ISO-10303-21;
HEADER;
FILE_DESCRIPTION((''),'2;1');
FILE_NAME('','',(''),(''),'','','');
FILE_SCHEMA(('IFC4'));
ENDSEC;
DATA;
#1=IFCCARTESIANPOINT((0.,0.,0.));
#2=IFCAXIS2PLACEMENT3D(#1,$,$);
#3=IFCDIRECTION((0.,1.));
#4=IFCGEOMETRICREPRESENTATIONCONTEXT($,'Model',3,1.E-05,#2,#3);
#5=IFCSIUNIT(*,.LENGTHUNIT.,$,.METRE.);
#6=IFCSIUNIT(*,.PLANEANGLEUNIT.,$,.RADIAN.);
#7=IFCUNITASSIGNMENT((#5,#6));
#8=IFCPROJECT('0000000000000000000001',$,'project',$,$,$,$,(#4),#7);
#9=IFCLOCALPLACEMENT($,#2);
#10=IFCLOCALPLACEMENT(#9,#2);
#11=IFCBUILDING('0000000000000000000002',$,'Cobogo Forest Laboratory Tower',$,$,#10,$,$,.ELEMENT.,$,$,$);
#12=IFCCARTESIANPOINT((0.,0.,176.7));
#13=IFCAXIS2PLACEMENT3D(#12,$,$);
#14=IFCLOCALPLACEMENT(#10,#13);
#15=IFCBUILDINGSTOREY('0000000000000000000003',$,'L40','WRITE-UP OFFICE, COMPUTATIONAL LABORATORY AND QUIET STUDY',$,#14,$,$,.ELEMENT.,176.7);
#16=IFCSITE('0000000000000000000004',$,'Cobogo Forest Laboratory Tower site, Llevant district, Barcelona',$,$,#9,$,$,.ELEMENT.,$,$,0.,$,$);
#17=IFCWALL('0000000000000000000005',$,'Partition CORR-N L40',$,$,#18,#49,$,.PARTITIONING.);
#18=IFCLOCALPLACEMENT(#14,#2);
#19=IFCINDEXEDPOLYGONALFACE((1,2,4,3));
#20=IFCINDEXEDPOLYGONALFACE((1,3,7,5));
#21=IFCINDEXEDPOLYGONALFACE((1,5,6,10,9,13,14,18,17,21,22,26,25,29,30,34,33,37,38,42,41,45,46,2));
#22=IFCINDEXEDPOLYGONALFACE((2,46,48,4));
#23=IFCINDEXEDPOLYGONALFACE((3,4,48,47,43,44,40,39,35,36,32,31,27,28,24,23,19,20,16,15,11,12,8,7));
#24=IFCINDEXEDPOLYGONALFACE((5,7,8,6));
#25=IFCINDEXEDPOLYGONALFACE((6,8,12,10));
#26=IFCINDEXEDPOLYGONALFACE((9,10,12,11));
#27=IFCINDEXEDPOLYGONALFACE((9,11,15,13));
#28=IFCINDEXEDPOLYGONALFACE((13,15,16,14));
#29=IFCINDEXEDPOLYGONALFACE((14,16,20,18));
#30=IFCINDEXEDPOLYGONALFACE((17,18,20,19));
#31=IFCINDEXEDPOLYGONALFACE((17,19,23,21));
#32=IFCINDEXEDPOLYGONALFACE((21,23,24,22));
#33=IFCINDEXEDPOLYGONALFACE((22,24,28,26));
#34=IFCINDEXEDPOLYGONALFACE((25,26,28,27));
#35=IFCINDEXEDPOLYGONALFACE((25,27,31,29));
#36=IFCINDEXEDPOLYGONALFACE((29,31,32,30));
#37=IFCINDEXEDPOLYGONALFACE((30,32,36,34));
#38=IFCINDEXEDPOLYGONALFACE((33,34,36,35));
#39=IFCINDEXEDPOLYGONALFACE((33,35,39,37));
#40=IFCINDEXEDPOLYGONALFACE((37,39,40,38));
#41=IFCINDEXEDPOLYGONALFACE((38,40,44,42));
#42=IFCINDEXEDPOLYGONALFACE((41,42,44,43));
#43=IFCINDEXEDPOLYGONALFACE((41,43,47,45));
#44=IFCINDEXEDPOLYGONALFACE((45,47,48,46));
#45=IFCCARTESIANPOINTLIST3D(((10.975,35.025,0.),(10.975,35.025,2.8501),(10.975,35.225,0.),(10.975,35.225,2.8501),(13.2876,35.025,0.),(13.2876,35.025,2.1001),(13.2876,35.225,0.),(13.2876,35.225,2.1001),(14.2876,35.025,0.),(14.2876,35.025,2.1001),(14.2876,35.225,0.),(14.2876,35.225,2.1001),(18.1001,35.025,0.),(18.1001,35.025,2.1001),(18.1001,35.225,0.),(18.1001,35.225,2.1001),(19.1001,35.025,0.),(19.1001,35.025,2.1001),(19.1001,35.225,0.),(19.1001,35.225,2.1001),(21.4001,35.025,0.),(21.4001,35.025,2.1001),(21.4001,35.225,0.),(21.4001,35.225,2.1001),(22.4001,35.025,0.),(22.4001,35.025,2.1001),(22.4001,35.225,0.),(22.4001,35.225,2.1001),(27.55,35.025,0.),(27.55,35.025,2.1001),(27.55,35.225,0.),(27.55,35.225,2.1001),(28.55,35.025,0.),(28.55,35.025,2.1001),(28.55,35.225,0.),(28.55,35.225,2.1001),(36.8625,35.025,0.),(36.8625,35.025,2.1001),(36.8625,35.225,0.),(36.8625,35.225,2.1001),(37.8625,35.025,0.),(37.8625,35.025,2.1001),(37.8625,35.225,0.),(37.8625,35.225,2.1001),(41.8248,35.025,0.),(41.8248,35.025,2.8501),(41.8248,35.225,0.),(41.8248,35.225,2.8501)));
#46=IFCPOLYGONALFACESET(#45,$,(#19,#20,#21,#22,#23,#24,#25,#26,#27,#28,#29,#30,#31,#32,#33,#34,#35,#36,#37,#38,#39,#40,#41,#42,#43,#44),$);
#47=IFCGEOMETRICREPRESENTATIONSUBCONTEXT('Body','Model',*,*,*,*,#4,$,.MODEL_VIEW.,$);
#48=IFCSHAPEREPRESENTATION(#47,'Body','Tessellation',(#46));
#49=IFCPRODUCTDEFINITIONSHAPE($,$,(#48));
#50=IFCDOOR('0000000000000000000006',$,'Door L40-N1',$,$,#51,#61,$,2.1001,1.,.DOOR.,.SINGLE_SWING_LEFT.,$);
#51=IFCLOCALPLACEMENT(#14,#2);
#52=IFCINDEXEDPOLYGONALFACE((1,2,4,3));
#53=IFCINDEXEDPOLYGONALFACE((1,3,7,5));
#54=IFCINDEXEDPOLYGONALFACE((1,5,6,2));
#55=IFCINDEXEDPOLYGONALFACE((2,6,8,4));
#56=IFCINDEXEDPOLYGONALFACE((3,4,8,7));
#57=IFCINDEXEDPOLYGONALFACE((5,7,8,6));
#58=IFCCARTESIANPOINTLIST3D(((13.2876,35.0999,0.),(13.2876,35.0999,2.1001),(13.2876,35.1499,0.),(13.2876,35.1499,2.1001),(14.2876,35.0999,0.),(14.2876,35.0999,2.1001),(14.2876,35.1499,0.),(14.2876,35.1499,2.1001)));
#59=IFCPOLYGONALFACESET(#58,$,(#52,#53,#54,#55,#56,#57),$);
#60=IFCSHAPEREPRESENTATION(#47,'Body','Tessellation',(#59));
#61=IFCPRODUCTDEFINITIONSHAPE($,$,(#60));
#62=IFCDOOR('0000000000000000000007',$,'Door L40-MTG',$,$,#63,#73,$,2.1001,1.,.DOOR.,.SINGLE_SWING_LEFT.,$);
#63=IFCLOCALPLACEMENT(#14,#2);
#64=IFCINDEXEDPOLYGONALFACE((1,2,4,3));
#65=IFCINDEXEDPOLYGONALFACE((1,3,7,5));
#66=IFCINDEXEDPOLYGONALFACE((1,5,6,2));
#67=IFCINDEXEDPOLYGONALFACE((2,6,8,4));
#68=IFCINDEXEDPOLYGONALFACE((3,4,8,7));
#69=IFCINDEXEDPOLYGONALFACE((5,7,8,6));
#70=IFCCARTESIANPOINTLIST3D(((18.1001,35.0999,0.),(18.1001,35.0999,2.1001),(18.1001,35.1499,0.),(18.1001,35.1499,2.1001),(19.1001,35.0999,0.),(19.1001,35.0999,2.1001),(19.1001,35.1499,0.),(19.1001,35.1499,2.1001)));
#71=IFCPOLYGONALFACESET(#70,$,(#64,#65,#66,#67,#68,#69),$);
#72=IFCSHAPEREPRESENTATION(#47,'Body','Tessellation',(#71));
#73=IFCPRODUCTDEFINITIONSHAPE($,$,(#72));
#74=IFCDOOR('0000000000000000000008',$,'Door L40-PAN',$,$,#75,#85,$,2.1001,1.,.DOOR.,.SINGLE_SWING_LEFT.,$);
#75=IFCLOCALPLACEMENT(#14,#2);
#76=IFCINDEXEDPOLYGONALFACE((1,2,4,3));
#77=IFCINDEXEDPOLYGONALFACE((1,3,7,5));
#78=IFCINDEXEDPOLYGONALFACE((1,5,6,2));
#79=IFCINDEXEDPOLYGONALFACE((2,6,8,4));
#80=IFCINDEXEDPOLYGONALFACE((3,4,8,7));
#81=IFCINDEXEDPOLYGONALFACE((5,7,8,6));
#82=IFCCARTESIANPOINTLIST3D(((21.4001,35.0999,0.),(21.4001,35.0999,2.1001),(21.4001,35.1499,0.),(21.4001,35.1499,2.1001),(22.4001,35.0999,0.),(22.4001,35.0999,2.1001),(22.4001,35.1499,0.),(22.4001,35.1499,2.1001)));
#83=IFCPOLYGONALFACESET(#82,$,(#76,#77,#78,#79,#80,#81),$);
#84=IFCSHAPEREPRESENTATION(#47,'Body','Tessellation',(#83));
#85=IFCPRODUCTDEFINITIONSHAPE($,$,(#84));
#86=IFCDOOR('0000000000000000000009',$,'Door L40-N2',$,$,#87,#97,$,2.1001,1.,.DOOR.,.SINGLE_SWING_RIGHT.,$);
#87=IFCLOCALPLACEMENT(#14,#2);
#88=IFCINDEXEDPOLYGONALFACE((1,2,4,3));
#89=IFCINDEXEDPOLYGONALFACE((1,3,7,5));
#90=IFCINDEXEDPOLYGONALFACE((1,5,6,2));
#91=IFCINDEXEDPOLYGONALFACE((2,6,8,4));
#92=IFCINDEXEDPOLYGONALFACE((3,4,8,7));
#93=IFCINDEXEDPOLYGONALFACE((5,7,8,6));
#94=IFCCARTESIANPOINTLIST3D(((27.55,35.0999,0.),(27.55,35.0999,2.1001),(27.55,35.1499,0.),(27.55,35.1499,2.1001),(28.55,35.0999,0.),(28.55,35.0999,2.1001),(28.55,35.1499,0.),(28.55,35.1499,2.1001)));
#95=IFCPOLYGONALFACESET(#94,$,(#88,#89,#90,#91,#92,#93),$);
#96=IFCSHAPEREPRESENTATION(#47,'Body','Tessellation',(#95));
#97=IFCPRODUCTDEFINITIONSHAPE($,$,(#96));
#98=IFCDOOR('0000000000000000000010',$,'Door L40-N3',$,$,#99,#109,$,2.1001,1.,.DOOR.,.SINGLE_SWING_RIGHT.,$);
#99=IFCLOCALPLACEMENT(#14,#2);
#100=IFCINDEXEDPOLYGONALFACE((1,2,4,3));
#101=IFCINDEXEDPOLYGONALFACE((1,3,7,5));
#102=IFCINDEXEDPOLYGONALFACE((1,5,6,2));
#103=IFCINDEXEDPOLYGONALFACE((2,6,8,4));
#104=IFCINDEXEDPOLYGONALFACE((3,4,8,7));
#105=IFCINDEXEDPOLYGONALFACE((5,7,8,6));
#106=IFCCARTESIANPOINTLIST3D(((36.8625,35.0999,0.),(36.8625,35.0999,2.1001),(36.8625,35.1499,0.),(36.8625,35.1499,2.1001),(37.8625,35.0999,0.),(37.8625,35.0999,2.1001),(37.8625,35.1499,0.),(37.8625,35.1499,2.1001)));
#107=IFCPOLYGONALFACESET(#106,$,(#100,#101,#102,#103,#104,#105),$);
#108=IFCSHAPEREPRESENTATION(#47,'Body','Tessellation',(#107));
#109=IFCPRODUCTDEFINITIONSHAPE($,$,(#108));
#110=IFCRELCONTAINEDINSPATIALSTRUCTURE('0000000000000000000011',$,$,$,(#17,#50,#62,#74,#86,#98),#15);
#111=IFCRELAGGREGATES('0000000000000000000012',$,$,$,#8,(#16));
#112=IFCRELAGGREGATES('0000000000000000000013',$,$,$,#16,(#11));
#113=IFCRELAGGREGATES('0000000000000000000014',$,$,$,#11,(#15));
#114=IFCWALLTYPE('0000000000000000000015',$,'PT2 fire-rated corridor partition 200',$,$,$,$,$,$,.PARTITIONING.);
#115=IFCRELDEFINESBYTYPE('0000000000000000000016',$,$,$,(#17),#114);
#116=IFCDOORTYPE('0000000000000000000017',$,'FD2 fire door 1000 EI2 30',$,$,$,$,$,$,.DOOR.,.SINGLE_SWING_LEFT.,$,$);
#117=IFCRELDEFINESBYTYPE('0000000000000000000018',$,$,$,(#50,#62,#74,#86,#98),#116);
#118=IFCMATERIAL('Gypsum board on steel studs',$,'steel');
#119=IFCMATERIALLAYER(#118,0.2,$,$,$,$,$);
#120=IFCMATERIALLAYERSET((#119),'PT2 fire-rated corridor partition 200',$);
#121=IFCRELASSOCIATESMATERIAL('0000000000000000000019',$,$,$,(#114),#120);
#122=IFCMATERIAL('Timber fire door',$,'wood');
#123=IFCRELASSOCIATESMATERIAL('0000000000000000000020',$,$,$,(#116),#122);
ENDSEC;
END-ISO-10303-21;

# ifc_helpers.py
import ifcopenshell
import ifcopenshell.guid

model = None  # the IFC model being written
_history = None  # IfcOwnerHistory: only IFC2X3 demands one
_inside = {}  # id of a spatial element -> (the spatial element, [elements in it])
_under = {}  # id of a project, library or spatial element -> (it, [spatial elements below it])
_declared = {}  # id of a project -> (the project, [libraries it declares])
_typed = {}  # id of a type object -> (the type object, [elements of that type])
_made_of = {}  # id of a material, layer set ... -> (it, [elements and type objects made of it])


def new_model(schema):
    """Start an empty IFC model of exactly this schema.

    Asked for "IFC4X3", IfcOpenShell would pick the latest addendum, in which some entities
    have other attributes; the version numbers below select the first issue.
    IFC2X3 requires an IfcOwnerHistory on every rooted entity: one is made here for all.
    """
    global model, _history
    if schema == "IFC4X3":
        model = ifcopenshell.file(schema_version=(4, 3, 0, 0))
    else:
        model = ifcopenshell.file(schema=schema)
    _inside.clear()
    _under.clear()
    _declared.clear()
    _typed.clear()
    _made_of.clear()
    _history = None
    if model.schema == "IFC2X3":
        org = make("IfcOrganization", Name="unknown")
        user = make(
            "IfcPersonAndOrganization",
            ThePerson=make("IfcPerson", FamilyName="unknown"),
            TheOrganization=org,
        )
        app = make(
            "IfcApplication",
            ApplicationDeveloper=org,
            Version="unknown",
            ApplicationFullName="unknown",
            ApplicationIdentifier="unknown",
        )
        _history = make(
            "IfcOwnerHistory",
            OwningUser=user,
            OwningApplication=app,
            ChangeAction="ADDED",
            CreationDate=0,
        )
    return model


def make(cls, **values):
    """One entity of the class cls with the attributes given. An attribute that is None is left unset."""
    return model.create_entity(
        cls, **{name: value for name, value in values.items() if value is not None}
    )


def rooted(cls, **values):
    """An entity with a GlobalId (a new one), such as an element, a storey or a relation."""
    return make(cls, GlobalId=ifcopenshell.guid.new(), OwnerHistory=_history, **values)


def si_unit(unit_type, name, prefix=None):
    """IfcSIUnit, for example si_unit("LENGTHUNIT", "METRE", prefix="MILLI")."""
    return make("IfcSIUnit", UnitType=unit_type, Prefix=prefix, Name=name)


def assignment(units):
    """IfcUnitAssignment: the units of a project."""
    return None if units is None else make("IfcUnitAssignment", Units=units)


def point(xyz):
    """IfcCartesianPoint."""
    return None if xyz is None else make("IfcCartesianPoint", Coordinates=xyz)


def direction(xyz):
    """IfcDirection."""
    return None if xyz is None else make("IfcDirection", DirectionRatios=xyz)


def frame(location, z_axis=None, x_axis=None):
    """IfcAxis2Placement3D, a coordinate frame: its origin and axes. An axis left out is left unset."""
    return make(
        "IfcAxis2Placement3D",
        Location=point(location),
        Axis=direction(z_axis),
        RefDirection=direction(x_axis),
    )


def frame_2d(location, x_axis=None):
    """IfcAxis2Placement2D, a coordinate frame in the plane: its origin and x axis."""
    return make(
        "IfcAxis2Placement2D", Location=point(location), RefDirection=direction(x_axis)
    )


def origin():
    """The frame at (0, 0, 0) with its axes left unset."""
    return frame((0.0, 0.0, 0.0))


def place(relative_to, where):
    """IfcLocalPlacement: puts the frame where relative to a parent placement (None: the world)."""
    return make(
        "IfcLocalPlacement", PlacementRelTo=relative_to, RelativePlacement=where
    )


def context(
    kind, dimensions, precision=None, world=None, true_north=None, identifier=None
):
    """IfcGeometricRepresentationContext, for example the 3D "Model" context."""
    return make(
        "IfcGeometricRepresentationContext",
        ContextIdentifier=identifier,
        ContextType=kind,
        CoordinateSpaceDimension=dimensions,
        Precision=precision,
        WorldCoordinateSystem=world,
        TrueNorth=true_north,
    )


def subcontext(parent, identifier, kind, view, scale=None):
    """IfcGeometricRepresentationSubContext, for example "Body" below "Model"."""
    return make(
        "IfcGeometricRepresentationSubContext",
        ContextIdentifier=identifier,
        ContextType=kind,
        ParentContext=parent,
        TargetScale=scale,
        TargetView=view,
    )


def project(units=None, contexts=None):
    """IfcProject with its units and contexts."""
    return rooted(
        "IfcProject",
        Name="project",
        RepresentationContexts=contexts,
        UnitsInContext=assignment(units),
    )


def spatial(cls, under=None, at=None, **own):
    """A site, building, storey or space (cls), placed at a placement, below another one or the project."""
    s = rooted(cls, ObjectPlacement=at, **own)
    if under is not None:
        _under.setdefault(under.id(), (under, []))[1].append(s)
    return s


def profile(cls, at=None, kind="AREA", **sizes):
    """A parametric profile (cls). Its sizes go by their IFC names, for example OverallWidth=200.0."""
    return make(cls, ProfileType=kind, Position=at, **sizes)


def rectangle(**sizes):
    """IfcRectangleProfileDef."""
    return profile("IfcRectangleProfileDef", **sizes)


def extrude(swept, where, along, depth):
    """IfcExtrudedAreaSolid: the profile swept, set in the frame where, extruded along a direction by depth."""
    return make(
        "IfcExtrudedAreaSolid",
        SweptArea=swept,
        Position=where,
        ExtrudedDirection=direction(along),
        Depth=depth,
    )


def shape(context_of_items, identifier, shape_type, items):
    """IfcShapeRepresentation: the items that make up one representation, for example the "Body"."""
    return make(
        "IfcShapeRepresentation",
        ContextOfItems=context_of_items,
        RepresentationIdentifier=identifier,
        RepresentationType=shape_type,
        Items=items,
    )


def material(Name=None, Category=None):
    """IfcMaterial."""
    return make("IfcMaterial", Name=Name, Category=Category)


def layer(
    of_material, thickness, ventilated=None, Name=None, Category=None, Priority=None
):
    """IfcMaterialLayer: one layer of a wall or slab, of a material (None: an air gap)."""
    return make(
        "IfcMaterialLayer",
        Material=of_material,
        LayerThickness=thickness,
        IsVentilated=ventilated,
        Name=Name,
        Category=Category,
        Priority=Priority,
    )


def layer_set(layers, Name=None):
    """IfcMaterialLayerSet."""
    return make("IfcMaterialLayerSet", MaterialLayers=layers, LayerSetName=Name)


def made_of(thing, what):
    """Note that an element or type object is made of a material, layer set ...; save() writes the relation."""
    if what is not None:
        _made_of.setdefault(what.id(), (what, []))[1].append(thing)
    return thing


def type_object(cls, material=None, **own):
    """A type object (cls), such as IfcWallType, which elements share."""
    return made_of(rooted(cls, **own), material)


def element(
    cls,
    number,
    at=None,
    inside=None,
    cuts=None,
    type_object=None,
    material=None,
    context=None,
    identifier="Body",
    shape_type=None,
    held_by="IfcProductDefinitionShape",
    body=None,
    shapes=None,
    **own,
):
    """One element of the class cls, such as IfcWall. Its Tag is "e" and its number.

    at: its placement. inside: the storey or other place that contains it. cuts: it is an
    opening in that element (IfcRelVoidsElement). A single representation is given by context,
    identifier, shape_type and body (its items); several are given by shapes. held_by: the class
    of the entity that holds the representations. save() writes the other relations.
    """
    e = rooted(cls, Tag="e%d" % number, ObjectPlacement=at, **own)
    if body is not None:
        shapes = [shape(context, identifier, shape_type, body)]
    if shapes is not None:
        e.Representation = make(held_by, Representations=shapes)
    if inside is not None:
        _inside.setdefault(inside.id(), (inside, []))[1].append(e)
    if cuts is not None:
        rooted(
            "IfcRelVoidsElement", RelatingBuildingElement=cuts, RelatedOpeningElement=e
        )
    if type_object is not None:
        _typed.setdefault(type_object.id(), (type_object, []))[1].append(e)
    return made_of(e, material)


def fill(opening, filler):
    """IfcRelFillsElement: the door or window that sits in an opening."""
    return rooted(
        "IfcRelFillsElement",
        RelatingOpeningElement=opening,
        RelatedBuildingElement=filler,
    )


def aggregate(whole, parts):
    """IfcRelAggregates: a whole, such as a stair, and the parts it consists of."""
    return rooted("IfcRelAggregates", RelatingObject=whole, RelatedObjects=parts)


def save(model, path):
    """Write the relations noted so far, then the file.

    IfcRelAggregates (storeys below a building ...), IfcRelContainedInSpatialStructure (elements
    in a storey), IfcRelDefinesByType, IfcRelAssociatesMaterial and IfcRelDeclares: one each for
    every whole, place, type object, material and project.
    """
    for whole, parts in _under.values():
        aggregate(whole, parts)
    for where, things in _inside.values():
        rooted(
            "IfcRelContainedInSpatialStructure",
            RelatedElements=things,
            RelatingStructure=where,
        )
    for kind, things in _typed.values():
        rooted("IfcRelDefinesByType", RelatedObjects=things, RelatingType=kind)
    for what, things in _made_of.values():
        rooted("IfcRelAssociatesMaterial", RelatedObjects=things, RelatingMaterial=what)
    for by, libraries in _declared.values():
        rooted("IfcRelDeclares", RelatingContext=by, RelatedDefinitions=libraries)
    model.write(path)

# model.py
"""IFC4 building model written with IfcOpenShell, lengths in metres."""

from ifc_helpers import new_model, si_unit, direction, frame, frame_2d, origin, place, context, subcontext, project, spatial, rectangle, extrude, material, layer, layer_set, type_object, element, fill, save


model = new_model("IFC4")

# Units and contexts
model_context = context("Model", 3, precision=1e-05, world=origin(), true_north=direction((0.0, 1.0)))
body_context = subcontext(model_context, "Body", "Model", "MODEL_VIEW")
ifc_project = project(units=[si_unit("LENGTHUNIT", "METRE"), si_unit("PLANEANGLEUNIT", "RADIAN")], contexts=[model_context])

# Site, building, storey
site_placement = place(None, origin())
site = spatial("IfcSite", under=ifc_project, at=site_placement, Name="Cobogo Forest Laboratory Tower site, Llevant district, Barcelona", CompositionType="ELEMENT", RefElevation=0.0)
building_placement = place(site_placement, origin())
building = spatial("IfcBuilding", under=site, at=building_placement, Name="Cobogo Forest Laboratory Tower", CompositionType="ELEMENT")
storey_placement = place(building_placement, frame((0.0, 0.0, 176.7)))
storey = spatial("IfcBuildingStorey", under=building, at=storey_placement, Name="L40", Description="WRITE-UP OFFICE, COMPUTATIONAL LABORATORY AND QUIET STUDY", CompositionType="ELEMENT", Elevation=176.7)

# Wall, openings, doors
ifc_material_1 = material(Name="Gypsum board on steel studs", Category="steel")
ifc_layer_1 = layer(ifc_material_1, 0.2)
ifc_layer_set_1 = layer_set([ifc_layer_1], Name="PT2 fire-rated corridor partition 200")
wall_type = type_object("IfcWallType", Name="PT2 fire-rated corridor partition 200", PredefinedType="PARTITIONING", material=ifc_layer_set_1)
wall_placement = place(storey_placement, frame((10.9751, 35.125, 0.0), z_axis=(0.0, 0.0, 1.0), x_axis=(1.0, 0.0, 0.0)))
wall = element("IfcWall", 1, at=wall_placement, inside=storey, type_object=wall_type, Name="Partition CORR-N L40", PredefinedType="PARTITIONING", context=body_context, shape_type="SweptSolid", body=[
    extrude(rectangle(XDim=30.8499, YDim=0.2, at=frame_2d((15.4248, 0.0))), origin(), (0.0, 0.0, 1.0), 2.8501),
])
opening_1_placement = place(wall_placement, frame((2.3125, 0.0, 0.0)))
opening_1 = element("IfcOpeningElement", 2, at=opening_1_placement, cuts=wall, PredefinedType="OPENING", context=body_context, shape_type="SweptSolid", body=[
    extrude(rectangle(XDim=1.0, YDim=2.1001, at=frame_2d((0.5, 1.05))), frame((0.0, 0.1099, 0.0), z_axis=(0.0, -1.0, 0.0), x_axis=(1.0, 0.0, 0.0)), (0.0, 0.0, 1.0), 0.22),
])
opening_2_placement = place(wall_placement, frame((7.125, 0.0, 0.0)))
opening_2 = element("IfcOpeningElement", 3, at=opening_2_placement, cuts=wall, PredefinedType="OPENING", context=body_context, shape_type="SweptSolid", body=[
    extrude(rectangle(XDim=1.0, YDim=2.1001, at=frame_2d((0.5, 1.05))), frame((0.0, 0.1099, 0.0), z_axis=(0.0, -1.0, 0.0), x_axis=(1.0, 0.0, 0.0)), (0.0, 0.0, 1.0), 0.22),
])
opening_3_placement = place(wall_placement, frame((10.425, 0.0, 0.0)))
opening_3 = element("IfcOpeningElement", 4, at=opening_3_placement, cuts=wall, PredefinedType="OPENING", context=body_context, shape_type="SweptSolid", body=[
    extrude(rectangle(XDim=1.0, YDim=2.1001, at=frame_2d((0.5, 1.05))), frame((0.0, 0.1099, 0.0), z_axis=(0.0, -1.0, 0.0), x_axis=(1.0, 0.0, 0.0)), (0.0, 0.0, 1.0), 0.22),
])
opening_4_placement = place(wall_placement, frame((16.575, 0.0, 0.0)))
opening_4 = element("IfcOpeningElement", 5, at=opening_4_placement, cuts=wall, PredefinedType="OPENING", context=body_context, shape_type="SweptSolid", body=[
    extrude(rectangle(XDim=1.0, YDim=2.1001, at=frame_2d((0.5, 1.05))), frame((0.0, 0.1099, 0.0), z_axis=(0.0, -1.0, 0.0), x_axis=(1.0, 0.0, 0.0)), (0.0, 0.0, 1.0), 0.22),
])
opening_5_placement = place(wall_placement, frame((25.8875, 0.0, 0.0)))
opening_5 = element("IfcOpeningElement", 6, at=opening_5_placement, cuts=wall, PredefinedType="OPENING", context=body_context, shape_type="SweptSolid", body=[
    extrude(rectangle(XDim=1.0, YDim=2.1001, at=frame_2d((0.5, 1.05))), frame((0.0, 0.1099, 0.0), z_axis=(0.0, -1.0, 0.0), x_axis=(1.0, 0.0, 0.0)), (0.0, 0.0, 1.0), 0.22),
])
ifc_material_2 = material(Name="Timber fire door", Category="wood")
door_type = type_object("IfcDoorType", Name="FD2 fire door 1000 EI2 30", OperationType="SINGLE_SWING_LEFT", PredefinedType="DOOR", material=ifc_material_2)
door_1_placement = place(opening_1_placement, origin())
door_1 = element("IfcDoor", 7, at=door_1_placement, inside=storey, type_object=door_type, Name="Door L40-N1", OperationType="SINGLE_SWING_LEFT", OverallHeight=2.1001, OverallWidth=1.0, PredefinedType="DOOR", context=body_context, shape_type="SweptSolid", body=[
    extrude(rectangle(XDim=1.0, YDim=2.1001, at=frame_2d((0.5, 1.05))), frame((0.0, 0.0249, 0.0), z_axis=(0.0, -1.0, 0.0), x_axis=(1.0, 0.0, 0.0)), (0.0, 0.0, 1.0), 0.05),
])
fill(opening_1, door_1)
door_2_placement = place(opening_2_placement, origin())
door_2 = element("IfcDoor", 8, at=door_2_placement, inside=storey, type_object=door_type, Name="Door L40-MTG", OperationType="SINGLE_SWING_LEFT", OverallHeight=2.1001, OverallWidth=1.0, PredefinedType="DOOR", context=body_context, shape_type="SweptSolid", body=[
    extrude(rectangle(XDim=1.0, YDim=2.1001, at=frame_2d((0.5, 1.05))), frame((0.0, 0.0249, 0.0), z_axis=(0.0, -1.0, 0.0), x_axis=(1.0, 0.0, 0.0)), (0.0, 0.0, 1.0), 0.05),
])
fill(opening_2, door_2)
door_3_placement = place(opening_3_placement, origin())
door_3 = element("IfcDoor", 9, at=door_3_placement, inside=storey, type_object=door_type, Name="Door L40-PAN", OperationType="SINGLE_SWING_LEFT", OverallHeight=2.1001, OverallWidth=1.0, PredefinedType="DOOR", context=body_context, shape_type="SweptSolid", body=[
    extrude(rectangle(XDim=1.0, YDim=2.1001, at=frame_2d((0.5, 1.05))), frame((0.0, 0.0249, 0.0), z_axis=(0.0, -1.0, 0.0), x_axis=(1.0, 0.0, 0.0)), (0.0, 0.0, 1.0), 0.05),
])
fill(opening_3, door_3)
door_4_placement = place(opening_4_placement, origin())
door_4 = element("IfcDoor", 10, at=door_4_placement, inside=storey, type_object=door_type, Name="Door L40-N2", OperationType="SINGLE_SWING_RIGHT", OverallHeight=2.1001, OverallWidth=1.0, PredefinedType="DOOR", context=body_context, shape_type="SweptSolid", body=[
    extrude(rectangle(XDim=1.0, YDim=2.1001, at=frame_2d((0.5, 1.05))), frame((0.0, 0.0249, 0.0), z_axis=(0.0, -1.0, 0.0), x_axis=(1.0, 0.0, 0.0)), (0.0, 0.0, 1.0), 0.05),
])
fill(opening_4, door_4)
door_5_placement = place(opening_5_placement, origin())
door_5 = element("IfcDoor", 11, at=door_5_placement, inside=storey, type_object=door_type, Name="Door L40-N3", OperationType="SINGLE_SWING_RIGHT", OverallHeight=2.1001, OverallWidth=1.0, PredefinedType="DOOR", context=body_context, shape_type="SweptSolid", body=[
    extrude(rectangle(XDim=1.0, YDim=2.1001, at=frame_2d((0.5, 1.05))), frame((0.0, 0.0249, 0.0), z_axis=(0.0, -1.0, 0.0), x_axis=(1.0, 0.0, 0.0)), (0.0, 0.0, 1.0), 0.05),
])
fill(opening_5, door_5)

save(model, "model.ifc")
